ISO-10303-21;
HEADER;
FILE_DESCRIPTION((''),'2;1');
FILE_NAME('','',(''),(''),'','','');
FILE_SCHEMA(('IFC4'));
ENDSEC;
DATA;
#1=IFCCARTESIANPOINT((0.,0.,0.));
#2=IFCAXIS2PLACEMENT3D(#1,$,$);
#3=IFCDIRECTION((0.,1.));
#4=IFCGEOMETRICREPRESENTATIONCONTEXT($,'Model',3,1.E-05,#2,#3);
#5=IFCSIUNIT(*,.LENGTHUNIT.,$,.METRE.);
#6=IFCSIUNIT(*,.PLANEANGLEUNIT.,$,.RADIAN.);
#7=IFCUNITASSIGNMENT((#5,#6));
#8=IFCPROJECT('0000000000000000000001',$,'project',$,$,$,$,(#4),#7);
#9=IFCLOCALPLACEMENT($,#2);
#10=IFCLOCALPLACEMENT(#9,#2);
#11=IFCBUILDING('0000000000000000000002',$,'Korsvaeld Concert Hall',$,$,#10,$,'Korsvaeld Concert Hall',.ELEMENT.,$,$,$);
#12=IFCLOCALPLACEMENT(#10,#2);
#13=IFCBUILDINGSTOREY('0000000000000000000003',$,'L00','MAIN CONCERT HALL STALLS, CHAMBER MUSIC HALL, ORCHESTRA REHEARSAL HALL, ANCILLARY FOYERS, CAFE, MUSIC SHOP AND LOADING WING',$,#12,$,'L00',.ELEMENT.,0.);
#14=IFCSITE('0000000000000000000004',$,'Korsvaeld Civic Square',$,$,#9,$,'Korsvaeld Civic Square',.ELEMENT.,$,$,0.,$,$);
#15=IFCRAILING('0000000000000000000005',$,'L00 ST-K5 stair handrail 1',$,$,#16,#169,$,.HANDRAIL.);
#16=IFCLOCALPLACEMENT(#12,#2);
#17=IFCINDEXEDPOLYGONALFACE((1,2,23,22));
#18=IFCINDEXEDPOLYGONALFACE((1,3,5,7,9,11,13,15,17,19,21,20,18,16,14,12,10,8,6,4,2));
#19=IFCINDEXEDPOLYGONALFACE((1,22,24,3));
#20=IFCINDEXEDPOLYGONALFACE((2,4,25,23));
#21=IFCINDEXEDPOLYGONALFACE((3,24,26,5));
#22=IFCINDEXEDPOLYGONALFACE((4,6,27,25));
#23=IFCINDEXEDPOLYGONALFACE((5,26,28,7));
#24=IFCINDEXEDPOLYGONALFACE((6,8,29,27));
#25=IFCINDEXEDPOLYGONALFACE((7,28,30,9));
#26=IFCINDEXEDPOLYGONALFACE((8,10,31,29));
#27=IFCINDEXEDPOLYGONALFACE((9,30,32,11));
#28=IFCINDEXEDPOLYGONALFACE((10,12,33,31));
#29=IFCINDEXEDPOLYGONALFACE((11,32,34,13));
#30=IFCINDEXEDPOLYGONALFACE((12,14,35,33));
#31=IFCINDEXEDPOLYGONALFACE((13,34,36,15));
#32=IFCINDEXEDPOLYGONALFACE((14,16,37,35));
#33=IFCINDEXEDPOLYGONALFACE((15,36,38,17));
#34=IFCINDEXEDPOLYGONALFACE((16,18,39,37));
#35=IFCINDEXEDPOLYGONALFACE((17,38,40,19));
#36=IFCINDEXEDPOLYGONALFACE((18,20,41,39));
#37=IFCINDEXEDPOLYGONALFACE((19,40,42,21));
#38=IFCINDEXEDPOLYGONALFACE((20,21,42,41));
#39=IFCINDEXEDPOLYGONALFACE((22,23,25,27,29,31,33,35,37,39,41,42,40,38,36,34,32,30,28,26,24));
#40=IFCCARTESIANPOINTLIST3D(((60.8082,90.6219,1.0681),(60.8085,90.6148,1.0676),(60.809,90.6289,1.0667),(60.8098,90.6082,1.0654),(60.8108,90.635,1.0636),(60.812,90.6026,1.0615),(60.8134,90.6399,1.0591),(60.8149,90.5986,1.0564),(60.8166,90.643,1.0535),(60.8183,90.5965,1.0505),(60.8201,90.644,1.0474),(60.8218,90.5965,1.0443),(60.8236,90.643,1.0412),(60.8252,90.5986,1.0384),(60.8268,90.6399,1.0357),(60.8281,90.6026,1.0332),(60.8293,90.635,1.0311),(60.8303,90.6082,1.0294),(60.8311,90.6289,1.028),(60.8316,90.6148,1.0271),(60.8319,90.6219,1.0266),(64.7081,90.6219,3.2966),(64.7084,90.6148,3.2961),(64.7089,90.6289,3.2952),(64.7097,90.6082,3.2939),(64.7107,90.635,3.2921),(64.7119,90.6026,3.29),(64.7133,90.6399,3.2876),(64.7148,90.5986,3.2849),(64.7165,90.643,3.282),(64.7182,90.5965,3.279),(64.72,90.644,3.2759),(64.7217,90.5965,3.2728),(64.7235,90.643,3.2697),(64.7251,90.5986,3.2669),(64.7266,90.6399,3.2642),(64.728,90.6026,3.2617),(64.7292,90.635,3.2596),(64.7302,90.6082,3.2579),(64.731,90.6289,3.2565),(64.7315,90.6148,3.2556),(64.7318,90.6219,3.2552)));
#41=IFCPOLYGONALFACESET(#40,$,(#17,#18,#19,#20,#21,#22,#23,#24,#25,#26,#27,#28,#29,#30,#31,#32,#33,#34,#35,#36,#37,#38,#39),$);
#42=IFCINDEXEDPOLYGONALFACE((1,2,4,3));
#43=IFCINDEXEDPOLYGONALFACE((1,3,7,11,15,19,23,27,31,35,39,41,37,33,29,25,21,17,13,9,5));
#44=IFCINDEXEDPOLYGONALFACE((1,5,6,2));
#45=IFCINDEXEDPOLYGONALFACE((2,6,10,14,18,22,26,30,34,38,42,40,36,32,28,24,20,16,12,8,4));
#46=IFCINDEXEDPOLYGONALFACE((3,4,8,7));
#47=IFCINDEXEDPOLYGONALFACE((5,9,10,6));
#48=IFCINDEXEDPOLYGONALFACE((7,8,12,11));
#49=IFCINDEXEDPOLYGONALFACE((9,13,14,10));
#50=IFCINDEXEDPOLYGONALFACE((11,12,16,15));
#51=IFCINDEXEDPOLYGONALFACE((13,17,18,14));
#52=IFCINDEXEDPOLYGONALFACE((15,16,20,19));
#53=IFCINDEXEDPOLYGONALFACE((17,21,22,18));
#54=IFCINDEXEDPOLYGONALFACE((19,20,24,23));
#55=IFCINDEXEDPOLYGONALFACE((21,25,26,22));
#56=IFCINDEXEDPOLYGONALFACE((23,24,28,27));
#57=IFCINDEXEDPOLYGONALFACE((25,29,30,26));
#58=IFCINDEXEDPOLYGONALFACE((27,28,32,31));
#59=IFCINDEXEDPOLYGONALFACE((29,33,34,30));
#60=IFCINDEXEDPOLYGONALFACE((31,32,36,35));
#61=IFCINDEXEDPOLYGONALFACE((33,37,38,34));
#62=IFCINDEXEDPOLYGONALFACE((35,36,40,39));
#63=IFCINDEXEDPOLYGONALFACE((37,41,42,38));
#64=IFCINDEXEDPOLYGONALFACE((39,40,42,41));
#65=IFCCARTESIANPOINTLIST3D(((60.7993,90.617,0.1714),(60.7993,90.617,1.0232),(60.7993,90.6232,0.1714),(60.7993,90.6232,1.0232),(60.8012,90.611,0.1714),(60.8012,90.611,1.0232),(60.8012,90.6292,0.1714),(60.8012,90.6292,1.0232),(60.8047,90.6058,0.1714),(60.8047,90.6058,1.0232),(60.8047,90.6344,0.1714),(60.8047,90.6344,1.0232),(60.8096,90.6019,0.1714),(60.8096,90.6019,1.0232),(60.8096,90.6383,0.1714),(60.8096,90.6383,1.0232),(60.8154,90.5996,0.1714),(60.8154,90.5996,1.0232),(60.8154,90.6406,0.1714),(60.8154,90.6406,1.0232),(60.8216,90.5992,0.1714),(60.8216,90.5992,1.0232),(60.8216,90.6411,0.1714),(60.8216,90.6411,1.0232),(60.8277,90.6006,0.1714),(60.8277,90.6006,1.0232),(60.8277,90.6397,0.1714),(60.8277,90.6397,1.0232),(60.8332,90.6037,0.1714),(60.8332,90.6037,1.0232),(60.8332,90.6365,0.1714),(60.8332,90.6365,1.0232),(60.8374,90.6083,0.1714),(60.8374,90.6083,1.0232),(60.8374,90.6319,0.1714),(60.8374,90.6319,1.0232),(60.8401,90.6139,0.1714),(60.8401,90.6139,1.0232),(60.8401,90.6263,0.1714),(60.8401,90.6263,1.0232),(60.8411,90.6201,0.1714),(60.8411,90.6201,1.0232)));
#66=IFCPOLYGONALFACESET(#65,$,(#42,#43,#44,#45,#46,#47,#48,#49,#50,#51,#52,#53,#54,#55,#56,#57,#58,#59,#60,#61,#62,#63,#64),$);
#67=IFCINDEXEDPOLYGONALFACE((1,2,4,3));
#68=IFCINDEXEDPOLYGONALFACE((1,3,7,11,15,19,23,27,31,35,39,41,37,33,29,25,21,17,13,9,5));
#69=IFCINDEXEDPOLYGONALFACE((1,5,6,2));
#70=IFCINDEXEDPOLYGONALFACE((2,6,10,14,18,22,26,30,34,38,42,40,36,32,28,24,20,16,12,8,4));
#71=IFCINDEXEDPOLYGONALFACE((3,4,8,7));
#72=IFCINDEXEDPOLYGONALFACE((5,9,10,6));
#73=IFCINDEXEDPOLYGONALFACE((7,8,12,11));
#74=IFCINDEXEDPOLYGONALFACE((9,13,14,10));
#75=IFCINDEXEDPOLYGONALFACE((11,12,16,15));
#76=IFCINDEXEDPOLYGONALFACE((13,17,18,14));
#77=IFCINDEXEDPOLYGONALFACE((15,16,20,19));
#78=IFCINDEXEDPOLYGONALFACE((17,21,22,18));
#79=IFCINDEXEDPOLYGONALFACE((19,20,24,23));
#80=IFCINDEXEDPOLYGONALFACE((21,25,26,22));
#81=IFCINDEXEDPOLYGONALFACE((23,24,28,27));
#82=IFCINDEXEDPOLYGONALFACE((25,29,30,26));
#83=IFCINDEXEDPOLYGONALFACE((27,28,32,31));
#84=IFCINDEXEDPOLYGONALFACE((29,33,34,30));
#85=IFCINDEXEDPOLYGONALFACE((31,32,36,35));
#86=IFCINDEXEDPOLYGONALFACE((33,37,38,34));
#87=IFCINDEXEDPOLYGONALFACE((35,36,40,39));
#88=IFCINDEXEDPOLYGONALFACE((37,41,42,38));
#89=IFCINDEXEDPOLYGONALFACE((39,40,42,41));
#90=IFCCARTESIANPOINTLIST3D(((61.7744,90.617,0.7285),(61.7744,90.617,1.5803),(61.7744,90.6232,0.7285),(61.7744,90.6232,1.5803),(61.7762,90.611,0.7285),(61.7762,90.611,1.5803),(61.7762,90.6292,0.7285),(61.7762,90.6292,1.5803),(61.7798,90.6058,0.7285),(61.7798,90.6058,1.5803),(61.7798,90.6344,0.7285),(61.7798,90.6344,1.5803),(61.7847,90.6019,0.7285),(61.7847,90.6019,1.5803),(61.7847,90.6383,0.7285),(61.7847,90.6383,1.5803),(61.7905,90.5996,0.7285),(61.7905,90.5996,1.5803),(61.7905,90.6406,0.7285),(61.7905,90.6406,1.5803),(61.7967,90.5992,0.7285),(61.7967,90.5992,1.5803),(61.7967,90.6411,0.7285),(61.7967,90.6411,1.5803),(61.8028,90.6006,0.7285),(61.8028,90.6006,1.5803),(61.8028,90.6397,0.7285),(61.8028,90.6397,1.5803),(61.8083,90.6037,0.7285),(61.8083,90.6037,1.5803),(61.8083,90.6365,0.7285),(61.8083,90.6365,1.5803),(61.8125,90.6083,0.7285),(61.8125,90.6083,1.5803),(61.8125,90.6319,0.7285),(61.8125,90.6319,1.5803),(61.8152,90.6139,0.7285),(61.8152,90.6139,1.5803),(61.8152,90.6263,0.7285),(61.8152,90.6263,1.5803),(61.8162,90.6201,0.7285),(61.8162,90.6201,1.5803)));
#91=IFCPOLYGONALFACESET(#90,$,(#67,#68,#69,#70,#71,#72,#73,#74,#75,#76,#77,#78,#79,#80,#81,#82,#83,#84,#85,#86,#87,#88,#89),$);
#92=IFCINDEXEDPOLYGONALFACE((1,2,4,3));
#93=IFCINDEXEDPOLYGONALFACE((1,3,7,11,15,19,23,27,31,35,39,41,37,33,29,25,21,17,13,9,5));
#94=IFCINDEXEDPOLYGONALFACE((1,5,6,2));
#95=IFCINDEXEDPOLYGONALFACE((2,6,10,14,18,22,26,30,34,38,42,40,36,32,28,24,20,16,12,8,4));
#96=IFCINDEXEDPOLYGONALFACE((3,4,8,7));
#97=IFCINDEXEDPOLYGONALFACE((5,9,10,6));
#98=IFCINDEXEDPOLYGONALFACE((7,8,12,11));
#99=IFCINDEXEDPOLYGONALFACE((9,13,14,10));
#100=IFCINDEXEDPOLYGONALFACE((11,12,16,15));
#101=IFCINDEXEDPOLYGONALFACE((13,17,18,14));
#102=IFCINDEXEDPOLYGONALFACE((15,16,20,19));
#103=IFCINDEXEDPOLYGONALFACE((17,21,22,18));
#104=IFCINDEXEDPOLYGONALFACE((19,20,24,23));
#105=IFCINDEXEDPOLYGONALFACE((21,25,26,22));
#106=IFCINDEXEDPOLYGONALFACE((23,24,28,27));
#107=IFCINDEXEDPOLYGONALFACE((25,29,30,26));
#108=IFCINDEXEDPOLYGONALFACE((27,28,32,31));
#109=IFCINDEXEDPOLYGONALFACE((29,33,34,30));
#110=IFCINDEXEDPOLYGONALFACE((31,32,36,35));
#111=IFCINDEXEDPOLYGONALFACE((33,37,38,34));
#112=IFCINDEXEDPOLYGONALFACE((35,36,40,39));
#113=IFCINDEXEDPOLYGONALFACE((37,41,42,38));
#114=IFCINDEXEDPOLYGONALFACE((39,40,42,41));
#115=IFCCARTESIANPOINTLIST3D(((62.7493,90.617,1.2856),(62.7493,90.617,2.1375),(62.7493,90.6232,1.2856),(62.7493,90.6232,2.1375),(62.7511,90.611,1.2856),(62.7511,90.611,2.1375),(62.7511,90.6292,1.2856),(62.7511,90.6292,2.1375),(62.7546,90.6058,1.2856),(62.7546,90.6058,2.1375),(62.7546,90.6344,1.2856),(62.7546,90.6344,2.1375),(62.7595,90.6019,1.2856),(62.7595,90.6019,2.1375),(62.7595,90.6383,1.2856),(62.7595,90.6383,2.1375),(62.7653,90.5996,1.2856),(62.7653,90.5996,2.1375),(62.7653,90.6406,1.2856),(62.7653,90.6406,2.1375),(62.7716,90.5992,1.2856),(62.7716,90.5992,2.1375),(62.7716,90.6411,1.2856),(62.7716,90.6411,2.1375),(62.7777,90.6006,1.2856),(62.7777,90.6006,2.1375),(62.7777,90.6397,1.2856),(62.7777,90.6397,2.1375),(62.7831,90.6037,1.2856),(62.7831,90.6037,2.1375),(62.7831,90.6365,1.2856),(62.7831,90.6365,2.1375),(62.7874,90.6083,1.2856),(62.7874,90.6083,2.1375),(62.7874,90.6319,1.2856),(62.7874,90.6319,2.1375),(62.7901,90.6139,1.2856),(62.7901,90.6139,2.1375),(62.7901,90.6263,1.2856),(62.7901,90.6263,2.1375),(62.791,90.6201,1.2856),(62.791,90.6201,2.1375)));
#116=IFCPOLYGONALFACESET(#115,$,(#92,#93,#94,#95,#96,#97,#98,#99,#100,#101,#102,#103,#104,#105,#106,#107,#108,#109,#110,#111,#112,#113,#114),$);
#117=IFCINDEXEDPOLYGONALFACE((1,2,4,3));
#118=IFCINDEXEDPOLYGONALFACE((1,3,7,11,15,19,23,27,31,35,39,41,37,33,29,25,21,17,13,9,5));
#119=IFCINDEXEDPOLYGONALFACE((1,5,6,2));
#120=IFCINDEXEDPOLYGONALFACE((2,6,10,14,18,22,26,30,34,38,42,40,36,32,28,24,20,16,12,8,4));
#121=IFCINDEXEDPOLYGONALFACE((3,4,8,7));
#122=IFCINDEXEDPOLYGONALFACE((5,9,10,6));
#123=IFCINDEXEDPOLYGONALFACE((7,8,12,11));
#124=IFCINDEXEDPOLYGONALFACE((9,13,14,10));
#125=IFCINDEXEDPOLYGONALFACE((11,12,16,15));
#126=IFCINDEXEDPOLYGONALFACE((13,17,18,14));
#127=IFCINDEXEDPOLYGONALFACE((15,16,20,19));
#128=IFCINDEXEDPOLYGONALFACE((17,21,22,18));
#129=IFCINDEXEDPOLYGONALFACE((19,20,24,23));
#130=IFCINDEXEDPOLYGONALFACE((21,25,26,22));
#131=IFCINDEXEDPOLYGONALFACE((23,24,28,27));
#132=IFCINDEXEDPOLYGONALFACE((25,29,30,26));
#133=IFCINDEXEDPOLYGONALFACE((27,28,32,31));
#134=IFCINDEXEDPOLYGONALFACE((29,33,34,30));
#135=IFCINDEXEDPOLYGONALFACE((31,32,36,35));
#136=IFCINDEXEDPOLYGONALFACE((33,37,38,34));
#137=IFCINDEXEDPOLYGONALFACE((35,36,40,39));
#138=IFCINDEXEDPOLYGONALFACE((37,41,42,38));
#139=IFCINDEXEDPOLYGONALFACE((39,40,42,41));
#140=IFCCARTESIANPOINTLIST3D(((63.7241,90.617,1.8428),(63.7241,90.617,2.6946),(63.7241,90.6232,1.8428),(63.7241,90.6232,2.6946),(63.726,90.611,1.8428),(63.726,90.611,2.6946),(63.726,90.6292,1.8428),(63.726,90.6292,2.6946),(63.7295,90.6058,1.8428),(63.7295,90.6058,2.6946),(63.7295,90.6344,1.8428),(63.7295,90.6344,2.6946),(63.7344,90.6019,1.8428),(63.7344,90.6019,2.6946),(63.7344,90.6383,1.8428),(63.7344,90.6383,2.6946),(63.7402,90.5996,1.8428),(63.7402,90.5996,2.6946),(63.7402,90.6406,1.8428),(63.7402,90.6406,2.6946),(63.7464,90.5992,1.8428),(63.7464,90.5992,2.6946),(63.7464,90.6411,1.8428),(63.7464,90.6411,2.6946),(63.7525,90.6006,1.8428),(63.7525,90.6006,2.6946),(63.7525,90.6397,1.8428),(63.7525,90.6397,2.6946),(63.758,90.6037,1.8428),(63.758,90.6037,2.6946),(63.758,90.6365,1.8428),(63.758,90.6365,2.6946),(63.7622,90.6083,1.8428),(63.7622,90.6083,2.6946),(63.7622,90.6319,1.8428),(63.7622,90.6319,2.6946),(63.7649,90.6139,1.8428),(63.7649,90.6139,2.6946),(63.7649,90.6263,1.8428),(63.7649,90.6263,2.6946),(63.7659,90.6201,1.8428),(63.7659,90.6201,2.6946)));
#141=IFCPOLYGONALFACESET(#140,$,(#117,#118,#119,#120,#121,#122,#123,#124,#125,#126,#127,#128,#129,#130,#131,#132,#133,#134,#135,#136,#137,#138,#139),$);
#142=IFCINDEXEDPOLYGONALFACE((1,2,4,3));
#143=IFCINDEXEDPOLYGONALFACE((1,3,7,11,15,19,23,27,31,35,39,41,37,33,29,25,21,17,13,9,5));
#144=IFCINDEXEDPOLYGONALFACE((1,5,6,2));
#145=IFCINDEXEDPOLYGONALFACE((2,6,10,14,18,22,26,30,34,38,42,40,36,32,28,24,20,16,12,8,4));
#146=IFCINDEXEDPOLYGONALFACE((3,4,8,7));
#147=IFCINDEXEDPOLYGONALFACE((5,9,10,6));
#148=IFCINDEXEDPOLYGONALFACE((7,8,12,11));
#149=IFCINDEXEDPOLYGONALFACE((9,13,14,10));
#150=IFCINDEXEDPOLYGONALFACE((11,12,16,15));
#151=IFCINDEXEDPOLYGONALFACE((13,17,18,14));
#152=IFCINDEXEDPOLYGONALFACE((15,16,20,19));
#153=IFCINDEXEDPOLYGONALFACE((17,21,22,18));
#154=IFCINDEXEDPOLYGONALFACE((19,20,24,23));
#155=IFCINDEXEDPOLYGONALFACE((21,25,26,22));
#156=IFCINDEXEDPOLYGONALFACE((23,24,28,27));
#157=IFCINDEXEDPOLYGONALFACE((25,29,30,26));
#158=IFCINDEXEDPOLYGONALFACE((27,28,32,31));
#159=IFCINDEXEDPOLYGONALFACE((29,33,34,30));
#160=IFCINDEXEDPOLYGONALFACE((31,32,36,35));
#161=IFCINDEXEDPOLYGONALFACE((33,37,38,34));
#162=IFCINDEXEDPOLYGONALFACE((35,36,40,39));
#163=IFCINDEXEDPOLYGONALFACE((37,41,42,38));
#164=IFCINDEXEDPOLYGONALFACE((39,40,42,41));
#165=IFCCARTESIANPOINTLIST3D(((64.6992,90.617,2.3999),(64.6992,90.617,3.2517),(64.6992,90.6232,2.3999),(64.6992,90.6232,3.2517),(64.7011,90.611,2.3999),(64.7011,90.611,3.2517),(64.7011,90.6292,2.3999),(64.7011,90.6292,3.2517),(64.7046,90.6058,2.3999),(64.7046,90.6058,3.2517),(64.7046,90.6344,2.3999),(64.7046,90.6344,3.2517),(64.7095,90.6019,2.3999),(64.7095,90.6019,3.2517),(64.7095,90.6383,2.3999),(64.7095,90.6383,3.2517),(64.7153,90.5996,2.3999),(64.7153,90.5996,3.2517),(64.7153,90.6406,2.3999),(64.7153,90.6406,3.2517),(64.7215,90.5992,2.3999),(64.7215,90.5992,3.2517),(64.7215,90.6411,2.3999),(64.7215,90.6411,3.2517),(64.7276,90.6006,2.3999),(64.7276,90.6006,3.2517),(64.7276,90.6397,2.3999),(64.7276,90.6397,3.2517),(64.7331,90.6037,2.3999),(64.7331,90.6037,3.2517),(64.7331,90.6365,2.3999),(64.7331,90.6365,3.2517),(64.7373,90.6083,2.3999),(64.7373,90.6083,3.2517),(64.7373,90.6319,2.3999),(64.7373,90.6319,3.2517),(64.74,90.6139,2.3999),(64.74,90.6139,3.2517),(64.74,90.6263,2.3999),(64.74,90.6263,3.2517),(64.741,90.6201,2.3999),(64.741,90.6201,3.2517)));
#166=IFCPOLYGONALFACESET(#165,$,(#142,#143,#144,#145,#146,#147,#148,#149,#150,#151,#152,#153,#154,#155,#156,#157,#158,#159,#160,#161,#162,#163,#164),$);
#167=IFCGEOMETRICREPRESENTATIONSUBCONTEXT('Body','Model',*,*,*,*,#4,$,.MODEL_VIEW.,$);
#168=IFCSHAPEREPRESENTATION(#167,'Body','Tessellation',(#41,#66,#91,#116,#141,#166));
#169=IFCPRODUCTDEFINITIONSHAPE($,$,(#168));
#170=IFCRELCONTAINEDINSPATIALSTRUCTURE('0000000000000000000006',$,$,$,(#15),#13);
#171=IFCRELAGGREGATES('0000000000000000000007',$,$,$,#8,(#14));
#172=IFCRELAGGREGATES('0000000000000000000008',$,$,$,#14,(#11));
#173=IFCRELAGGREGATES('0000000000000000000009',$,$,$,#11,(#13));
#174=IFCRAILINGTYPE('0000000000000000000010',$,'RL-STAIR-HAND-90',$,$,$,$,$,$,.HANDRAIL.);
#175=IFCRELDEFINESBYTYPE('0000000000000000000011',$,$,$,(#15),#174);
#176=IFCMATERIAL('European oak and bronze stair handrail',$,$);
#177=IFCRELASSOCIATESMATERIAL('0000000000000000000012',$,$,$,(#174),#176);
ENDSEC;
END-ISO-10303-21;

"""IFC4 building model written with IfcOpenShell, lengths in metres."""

from ifc_helpers import new_model, si_unit, direction, frame, origin, origin_2d, place, context, subcontext, project, spatial, circle, extrude, material, type_object, element, save


model = new_model("IFC4")

# Units and contexts
model_context = context("Model", 3, precision=1e-05, world=origin(), true_north=direction((0.0, 1.0)))
body_context = subcontext(model_context, "Body", "Model", "MODEL_VIEW")
ifc_project = project(units=[si_unit("LENGTHUNIT", "METRE"), si_unit("PLANEANGLEUNIT", "RADIAN")], contexts=[model_context])

# Site, building, storey
site_placement = place(None, origin())
site = spatial("IfcSite", under=ifc_project, at=site_placement, Name="Korsvaeld Civic Square", LongName="Korsvaeld Civic Square", CompositionType="ELEMENT", RefElevation=0.0)
building_placement = place(site_placement, origin())
building = spatial("IfcBuilding", under=site, at=building_placement, Name="Korsvaeld Concert Hall", LongName="Korsvaeld Concert Hall", CompositionType="ELEMENT")
storey_placement = place(building_placement, origin())
storey = spatial("IfcBuildingStorey", under=building, at=storey_placement, Name="L00", Description="MAIN CONCERT HALL STALLS, CHAMBER MUSIC HALL, ORCHESTRA REHEARSAL HALL, ANCILLARY FOYERS, CAFE, MUSIC SHOP AND LOADING WING", LongName="L00", CompositionType="ELEMENT", Elevation=0.0)

# Railing
ifc_material_1 = material(Name="European oak and bronze stair handrail")
railing_type_1 = type_object("IfcRailingType", Name="RL-STAIR-HAND-90", PredefinedType="HANDRAIL", material=ifc_material_1)
railing_1_placement = place(storey_placement, frame((60.8201, 90.6201, 0.1714)))
element("IfcRailing", 1, at=railing_1_placement, inside=storey, type_object=railing_type_1, Name="L00 ST-K5 stair handrail 1", PredefinedType="HANDRAIL", context=body_context, shape_type="SweptSolid", body=[
    extrude(circle(Radius=0.0239, at=origin_2d()), frame((0.0, 0.0, 0.876), z_axis=(0.868243, 0.0, 0.496139), x_axis=(0.0, 1.0, 0.0)), (0.0, 0.0, 1.0), 4.4917),
    extrude(circle(Radius=0.021, at=origin_2d()), origin(), (0.0, 0.0, 1.0), 0.8518),
    extrude(circle(Radius=0.021, at=origin_2d()), frame((0.9751, 0.0, 0.5571)), (0.0, 0.0, 1.0), 0.8518),
    extrude(circle(Radius=0.021, at=origin_2d()), frame((1.95, 0.0, 1.1143)), (0.0, 0.0, 1.0), 0.8518),
    extrude(circle(Radius=0.021, at=origin_2d()), frame((2.9248, 0.0, 1.6714)), (0.0, 0.0, 1.0), 0.8518),
    extrude(circle(Radius=0.021, at=origin_2d()), frame((3.8999, 0.0, 2.2285)), (0.0, 0.0, 1.0), 0.8518),
])

save(model, "model.ifc")
